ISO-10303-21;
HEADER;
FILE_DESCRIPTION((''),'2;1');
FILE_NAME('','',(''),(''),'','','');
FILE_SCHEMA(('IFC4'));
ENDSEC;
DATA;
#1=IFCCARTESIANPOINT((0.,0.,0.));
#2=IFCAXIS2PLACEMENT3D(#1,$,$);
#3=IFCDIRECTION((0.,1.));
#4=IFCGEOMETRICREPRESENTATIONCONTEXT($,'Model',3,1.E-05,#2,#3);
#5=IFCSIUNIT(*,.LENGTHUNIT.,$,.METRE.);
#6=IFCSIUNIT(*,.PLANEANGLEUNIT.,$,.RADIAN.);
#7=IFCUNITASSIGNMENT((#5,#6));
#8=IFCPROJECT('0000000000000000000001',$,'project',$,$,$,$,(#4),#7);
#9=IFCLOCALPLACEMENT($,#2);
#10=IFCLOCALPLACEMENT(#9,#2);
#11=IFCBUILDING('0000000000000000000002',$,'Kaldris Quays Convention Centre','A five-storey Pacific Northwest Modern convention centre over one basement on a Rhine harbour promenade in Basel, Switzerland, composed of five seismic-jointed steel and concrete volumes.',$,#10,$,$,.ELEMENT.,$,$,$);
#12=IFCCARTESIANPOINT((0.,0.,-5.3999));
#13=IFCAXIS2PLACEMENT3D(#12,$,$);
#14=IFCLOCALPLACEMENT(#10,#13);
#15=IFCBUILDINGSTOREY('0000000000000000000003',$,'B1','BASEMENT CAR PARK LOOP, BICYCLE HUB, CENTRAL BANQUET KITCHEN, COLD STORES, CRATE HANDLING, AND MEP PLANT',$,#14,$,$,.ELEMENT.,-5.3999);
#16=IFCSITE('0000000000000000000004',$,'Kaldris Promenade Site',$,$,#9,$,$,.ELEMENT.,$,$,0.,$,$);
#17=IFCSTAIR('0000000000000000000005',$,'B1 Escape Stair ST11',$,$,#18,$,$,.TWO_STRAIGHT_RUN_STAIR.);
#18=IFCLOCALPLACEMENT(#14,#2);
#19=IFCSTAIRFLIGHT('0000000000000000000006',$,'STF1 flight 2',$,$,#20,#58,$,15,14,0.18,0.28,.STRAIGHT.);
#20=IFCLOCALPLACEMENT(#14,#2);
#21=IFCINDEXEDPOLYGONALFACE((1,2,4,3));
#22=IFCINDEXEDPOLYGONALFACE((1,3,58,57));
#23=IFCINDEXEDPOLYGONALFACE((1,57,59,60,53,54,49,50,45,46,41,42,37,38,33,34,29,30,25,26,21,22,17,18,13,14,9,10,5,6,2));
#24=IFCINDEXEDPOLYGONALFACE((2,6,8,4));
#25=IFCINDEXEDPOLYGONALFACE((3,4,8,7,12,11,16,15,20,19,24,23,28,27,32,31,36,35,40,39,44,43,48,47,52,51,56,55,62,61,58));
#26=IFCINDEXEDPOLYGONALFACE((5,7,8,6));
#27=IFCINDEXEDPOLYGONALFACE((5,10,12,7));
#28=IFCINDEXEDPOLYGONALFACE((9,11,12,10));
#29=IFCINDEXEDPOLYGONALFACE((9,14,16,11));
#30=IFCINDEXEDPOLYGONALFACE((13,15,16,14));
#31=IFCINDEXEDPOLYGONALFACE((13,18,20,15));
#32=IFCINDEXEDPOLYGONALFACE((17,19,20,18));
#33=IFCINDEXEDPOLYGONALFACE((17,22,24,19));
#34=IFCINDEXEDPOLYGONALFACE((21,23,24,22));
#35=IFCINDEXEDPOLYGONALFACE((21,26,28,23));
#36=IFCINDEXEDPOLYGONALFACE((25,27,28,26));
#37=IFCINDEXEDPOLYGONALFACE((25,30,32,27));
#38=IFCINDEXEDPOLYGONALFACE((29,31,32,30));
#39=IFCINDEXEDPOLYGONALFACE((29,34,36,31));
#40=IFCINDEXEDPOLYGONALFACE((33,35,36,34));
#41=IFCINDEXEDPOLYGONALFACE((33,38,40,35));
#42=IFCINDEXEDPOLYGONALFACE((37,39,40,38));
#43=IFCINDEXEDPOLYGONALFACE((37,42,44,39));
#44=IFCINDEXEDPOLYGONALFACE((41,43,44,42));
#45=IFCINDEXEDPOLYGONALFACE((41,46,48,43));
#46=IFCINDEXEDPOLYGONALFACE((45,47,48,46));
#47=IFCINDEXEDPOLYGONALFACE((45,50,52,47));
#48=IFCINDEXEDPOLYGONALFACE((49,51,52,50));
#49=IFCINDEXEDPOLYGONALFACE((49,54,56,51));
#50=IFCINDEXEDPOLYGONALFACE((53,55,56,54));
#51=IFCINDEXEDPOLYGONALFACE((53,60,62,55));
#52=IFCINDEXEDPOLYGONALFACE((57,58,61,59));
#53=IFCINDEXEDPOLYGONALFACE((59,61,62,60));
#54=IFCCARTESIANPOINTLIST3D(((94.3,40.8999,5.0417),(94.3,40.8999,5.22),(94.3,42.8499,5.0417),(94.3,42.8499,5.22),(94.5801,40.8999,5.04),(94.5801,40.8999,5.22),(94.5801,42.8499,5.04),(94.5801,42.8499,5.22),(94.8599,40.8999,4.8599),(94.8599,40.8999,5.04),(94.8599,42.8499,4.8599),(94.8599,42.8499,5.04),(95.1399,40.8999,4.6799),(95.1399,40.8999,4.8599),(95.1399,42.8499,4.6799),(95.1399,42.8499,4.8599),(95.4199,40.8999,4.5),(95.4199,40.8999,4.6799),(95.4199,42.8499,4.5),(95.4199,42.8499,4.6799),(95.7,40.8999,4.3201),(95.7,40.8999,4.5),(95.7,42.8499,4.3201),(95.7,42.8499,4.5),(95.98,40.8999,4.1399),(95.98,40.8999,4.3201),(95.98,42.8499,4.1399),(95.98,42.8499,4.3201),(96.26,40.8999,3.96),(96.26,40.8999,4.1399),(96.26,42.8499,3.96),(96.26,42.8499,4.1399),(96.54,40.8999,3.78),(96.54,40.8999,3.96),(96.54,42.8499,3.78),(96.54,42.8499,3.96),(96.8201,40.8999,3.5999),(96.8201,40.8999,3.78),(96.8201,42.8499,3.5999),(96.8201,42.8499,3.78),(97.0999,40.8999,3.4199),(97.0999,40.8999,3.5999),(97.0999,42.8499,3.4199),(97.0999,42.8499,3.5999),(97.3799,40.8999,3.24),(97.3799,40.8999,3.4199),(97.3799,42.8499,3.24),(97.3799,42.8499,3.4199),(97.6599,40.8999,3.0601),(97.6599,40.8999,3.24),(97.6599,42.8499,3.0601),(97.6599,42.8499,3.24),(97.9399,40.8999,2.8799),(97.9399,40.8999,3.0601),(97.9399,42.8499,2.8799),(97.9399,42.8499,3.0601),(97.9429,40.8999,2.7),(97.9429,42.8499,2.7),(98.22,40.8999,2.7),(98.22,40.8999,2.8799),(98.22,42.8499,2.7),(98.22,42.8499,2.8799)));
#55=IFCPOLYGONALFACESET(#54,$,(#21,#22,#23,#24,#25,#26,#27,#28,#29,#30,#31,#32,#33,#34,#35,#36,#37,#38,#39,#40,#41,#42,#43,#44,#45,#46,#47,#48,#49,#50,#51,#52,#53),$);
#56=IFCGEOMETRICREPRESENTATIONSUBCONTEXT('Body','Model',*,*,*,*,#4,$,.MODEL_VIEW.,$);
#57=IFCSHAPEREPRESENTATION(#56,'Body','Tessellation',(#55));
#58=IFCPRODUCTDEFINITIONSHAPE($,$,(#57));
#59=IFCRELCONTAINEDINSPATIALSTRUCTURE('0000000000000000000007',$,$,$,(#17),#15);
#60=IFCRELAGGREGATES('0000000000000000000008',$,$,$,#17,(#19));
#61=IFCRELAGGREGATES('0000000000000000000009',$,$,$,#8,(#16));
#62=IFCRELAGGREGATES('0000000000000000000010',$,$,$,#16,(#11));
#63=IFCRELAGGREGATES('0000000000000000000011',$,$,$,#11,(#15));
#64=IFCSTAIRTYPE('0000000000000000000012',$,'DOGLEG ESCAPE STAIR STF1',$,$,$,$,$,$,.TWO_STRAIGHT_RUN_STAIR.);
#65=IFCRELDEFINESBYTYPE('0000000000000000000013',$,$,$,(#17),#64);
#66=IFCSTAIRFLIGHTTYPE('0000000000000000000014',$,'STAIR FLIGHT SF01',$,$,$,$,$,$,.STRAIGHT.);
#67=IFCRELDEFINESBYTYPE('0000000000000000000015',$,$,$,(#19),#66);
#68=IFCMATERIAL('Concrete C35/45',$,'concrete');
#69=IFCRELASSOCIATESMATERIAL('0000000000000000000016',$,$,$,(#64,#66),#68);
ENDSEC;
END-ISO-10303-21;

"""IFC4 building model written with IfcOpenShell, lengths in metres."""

from ifc_helpers import new_model, si_unit, direction, frame, origin, place, context, subcontext, project, spatial, polyline, outline, extrude, material, type_object, element, aggregate, save


model = new_model("IFC4")

# Units and contexts
model_context = context("Model", 3, precision=1e-05, world=origin(), true_north=direction((0.0, 1.0)))
body_context = subcontext(model_context, "Body", "Model", "MODEL_VIEW")
ifc_project = project(units=[si_unit("LENGTHUNIT", "METRE"), si_unit("PLANEANGLEUNIT", "RADIAN")], contexts=[model_context])

# Site, building, storey
site_placement = place(None, origin())
site = spatial("IfcSite", under=ifc_project, at=site_placement, Name="Kaldris Promenade Site", CompositionType="ELEMENT", RefElevation=0.0)
building_placement = place(site_placement, origin())
building = spatial("IfcBuilding", under=site, at=building_placement, Name="Kaldris Quays Convention Centre", Description="A five-storey Pacific Northwest Modern convention centre over one basement on a Rhine harbour promenade in Basel, Switzerland, composed of five seismic-jointed steel and concrete volumes.", CompositionType="ELEMENT")
storey_placement = place(building_placement, frame((0.0, 0.0, -5.3999)))
storey = spatial("IfcBuildingStorey", under=building, at=storey_placement, Name="B1", Description="BASEMENT CAR PARK LOOP, BICYCLE HUB, CENTRAL BANQUET KITCHEN, COLD STORES, CRATE HANDLING, AND MEP PLANT", CompositionType="ELEMENT", Elevation=-5.3999)

# Shared definitions
ifc_material_1 = material(Name="Concrete C35/45", Category="concrete")

# Stair, stair flight
stair_type = type_object("IfcStairType", Name="DOGLEG ESCAPE STAIR STF1", PredefinedType="TWO_STRAIGHT_RUN_STAIR", material=ifc_material_1)
stair_placement = place(storey_placement, origin())
stair = element("IfcStair", 1, at=stair_placement, inside=storey, type_object=stair_type, Name="B1 Escape Stair ST11", PredefinedType="TWO_STRAIGHT_RUN_STAIR")
stair_flight_type = type_object("IfcStairFlightType", Name="STAIR FLIGHT SF01", PredefinedType="STRAIGHT", material=ifc_material_1)
stair_flight_1_placement = place(storey_placement, frame((98.22, 41.875, 2.7), z_axis=(0.0, 0.0, 1.0), x_axis=(-1.0, 0.0, 0.0)))
stair_flight_1 = element("IfcStairFlight", 2, at=stair_flight_1_placement, type_object=stair_flight_type, Name="STF1 flight 2", NumberOfRisers=15, NumberOfTreads=14, PredefinedType="STRAIGHT", RiserHeight=0.18, TreadLength=0.28, context=body_context, shape_type="SweptSolid", body=[
    extrude(outline(polyline([(0.0, 0.0), (0.0, 0.1799), (0.28, 0.1799), (0.28, 0.3601), (0.5601, 0.3601), (0.5601, 0.54), (0.8401, 0.54), (0.8401, 0.72), (1.1201, 0.72), (1.1201, 0.8999), (1.3999, 0.8999), (1.3999, 1.0801), (1.6799, 1.0801), (1.6799, 1.26), (1.96, 1.26), (1.96, 1.4399), (2.24, 1.4399), (2.24, 1.6201), (2.52, 1.6201), (2.52, 1.8), (2.8, 1.8), (2.8, 1.98), (3.0801, 1.98), (3.0801, 2.1599), (3.3601, 2.1599), (3.3601, 2.3401), (3.6399, 2.3401), (3.6399, 2.52), (3.9199, 2.52), (3.9199, 2.7), (3.9199, 2.3418), (0.2771, 0.0), (0.0, 0.0)])), frame((0.0, 0.9751, 0.0), z_axis=(0.0, -1.0, 0.0), x_axis=(1.0, 0.0, 0.0)), (0.0, 0.0, 1.0), 1.95),
])
aggregate(stair, [stair_flight_1])

save(model, "model.ifc")
